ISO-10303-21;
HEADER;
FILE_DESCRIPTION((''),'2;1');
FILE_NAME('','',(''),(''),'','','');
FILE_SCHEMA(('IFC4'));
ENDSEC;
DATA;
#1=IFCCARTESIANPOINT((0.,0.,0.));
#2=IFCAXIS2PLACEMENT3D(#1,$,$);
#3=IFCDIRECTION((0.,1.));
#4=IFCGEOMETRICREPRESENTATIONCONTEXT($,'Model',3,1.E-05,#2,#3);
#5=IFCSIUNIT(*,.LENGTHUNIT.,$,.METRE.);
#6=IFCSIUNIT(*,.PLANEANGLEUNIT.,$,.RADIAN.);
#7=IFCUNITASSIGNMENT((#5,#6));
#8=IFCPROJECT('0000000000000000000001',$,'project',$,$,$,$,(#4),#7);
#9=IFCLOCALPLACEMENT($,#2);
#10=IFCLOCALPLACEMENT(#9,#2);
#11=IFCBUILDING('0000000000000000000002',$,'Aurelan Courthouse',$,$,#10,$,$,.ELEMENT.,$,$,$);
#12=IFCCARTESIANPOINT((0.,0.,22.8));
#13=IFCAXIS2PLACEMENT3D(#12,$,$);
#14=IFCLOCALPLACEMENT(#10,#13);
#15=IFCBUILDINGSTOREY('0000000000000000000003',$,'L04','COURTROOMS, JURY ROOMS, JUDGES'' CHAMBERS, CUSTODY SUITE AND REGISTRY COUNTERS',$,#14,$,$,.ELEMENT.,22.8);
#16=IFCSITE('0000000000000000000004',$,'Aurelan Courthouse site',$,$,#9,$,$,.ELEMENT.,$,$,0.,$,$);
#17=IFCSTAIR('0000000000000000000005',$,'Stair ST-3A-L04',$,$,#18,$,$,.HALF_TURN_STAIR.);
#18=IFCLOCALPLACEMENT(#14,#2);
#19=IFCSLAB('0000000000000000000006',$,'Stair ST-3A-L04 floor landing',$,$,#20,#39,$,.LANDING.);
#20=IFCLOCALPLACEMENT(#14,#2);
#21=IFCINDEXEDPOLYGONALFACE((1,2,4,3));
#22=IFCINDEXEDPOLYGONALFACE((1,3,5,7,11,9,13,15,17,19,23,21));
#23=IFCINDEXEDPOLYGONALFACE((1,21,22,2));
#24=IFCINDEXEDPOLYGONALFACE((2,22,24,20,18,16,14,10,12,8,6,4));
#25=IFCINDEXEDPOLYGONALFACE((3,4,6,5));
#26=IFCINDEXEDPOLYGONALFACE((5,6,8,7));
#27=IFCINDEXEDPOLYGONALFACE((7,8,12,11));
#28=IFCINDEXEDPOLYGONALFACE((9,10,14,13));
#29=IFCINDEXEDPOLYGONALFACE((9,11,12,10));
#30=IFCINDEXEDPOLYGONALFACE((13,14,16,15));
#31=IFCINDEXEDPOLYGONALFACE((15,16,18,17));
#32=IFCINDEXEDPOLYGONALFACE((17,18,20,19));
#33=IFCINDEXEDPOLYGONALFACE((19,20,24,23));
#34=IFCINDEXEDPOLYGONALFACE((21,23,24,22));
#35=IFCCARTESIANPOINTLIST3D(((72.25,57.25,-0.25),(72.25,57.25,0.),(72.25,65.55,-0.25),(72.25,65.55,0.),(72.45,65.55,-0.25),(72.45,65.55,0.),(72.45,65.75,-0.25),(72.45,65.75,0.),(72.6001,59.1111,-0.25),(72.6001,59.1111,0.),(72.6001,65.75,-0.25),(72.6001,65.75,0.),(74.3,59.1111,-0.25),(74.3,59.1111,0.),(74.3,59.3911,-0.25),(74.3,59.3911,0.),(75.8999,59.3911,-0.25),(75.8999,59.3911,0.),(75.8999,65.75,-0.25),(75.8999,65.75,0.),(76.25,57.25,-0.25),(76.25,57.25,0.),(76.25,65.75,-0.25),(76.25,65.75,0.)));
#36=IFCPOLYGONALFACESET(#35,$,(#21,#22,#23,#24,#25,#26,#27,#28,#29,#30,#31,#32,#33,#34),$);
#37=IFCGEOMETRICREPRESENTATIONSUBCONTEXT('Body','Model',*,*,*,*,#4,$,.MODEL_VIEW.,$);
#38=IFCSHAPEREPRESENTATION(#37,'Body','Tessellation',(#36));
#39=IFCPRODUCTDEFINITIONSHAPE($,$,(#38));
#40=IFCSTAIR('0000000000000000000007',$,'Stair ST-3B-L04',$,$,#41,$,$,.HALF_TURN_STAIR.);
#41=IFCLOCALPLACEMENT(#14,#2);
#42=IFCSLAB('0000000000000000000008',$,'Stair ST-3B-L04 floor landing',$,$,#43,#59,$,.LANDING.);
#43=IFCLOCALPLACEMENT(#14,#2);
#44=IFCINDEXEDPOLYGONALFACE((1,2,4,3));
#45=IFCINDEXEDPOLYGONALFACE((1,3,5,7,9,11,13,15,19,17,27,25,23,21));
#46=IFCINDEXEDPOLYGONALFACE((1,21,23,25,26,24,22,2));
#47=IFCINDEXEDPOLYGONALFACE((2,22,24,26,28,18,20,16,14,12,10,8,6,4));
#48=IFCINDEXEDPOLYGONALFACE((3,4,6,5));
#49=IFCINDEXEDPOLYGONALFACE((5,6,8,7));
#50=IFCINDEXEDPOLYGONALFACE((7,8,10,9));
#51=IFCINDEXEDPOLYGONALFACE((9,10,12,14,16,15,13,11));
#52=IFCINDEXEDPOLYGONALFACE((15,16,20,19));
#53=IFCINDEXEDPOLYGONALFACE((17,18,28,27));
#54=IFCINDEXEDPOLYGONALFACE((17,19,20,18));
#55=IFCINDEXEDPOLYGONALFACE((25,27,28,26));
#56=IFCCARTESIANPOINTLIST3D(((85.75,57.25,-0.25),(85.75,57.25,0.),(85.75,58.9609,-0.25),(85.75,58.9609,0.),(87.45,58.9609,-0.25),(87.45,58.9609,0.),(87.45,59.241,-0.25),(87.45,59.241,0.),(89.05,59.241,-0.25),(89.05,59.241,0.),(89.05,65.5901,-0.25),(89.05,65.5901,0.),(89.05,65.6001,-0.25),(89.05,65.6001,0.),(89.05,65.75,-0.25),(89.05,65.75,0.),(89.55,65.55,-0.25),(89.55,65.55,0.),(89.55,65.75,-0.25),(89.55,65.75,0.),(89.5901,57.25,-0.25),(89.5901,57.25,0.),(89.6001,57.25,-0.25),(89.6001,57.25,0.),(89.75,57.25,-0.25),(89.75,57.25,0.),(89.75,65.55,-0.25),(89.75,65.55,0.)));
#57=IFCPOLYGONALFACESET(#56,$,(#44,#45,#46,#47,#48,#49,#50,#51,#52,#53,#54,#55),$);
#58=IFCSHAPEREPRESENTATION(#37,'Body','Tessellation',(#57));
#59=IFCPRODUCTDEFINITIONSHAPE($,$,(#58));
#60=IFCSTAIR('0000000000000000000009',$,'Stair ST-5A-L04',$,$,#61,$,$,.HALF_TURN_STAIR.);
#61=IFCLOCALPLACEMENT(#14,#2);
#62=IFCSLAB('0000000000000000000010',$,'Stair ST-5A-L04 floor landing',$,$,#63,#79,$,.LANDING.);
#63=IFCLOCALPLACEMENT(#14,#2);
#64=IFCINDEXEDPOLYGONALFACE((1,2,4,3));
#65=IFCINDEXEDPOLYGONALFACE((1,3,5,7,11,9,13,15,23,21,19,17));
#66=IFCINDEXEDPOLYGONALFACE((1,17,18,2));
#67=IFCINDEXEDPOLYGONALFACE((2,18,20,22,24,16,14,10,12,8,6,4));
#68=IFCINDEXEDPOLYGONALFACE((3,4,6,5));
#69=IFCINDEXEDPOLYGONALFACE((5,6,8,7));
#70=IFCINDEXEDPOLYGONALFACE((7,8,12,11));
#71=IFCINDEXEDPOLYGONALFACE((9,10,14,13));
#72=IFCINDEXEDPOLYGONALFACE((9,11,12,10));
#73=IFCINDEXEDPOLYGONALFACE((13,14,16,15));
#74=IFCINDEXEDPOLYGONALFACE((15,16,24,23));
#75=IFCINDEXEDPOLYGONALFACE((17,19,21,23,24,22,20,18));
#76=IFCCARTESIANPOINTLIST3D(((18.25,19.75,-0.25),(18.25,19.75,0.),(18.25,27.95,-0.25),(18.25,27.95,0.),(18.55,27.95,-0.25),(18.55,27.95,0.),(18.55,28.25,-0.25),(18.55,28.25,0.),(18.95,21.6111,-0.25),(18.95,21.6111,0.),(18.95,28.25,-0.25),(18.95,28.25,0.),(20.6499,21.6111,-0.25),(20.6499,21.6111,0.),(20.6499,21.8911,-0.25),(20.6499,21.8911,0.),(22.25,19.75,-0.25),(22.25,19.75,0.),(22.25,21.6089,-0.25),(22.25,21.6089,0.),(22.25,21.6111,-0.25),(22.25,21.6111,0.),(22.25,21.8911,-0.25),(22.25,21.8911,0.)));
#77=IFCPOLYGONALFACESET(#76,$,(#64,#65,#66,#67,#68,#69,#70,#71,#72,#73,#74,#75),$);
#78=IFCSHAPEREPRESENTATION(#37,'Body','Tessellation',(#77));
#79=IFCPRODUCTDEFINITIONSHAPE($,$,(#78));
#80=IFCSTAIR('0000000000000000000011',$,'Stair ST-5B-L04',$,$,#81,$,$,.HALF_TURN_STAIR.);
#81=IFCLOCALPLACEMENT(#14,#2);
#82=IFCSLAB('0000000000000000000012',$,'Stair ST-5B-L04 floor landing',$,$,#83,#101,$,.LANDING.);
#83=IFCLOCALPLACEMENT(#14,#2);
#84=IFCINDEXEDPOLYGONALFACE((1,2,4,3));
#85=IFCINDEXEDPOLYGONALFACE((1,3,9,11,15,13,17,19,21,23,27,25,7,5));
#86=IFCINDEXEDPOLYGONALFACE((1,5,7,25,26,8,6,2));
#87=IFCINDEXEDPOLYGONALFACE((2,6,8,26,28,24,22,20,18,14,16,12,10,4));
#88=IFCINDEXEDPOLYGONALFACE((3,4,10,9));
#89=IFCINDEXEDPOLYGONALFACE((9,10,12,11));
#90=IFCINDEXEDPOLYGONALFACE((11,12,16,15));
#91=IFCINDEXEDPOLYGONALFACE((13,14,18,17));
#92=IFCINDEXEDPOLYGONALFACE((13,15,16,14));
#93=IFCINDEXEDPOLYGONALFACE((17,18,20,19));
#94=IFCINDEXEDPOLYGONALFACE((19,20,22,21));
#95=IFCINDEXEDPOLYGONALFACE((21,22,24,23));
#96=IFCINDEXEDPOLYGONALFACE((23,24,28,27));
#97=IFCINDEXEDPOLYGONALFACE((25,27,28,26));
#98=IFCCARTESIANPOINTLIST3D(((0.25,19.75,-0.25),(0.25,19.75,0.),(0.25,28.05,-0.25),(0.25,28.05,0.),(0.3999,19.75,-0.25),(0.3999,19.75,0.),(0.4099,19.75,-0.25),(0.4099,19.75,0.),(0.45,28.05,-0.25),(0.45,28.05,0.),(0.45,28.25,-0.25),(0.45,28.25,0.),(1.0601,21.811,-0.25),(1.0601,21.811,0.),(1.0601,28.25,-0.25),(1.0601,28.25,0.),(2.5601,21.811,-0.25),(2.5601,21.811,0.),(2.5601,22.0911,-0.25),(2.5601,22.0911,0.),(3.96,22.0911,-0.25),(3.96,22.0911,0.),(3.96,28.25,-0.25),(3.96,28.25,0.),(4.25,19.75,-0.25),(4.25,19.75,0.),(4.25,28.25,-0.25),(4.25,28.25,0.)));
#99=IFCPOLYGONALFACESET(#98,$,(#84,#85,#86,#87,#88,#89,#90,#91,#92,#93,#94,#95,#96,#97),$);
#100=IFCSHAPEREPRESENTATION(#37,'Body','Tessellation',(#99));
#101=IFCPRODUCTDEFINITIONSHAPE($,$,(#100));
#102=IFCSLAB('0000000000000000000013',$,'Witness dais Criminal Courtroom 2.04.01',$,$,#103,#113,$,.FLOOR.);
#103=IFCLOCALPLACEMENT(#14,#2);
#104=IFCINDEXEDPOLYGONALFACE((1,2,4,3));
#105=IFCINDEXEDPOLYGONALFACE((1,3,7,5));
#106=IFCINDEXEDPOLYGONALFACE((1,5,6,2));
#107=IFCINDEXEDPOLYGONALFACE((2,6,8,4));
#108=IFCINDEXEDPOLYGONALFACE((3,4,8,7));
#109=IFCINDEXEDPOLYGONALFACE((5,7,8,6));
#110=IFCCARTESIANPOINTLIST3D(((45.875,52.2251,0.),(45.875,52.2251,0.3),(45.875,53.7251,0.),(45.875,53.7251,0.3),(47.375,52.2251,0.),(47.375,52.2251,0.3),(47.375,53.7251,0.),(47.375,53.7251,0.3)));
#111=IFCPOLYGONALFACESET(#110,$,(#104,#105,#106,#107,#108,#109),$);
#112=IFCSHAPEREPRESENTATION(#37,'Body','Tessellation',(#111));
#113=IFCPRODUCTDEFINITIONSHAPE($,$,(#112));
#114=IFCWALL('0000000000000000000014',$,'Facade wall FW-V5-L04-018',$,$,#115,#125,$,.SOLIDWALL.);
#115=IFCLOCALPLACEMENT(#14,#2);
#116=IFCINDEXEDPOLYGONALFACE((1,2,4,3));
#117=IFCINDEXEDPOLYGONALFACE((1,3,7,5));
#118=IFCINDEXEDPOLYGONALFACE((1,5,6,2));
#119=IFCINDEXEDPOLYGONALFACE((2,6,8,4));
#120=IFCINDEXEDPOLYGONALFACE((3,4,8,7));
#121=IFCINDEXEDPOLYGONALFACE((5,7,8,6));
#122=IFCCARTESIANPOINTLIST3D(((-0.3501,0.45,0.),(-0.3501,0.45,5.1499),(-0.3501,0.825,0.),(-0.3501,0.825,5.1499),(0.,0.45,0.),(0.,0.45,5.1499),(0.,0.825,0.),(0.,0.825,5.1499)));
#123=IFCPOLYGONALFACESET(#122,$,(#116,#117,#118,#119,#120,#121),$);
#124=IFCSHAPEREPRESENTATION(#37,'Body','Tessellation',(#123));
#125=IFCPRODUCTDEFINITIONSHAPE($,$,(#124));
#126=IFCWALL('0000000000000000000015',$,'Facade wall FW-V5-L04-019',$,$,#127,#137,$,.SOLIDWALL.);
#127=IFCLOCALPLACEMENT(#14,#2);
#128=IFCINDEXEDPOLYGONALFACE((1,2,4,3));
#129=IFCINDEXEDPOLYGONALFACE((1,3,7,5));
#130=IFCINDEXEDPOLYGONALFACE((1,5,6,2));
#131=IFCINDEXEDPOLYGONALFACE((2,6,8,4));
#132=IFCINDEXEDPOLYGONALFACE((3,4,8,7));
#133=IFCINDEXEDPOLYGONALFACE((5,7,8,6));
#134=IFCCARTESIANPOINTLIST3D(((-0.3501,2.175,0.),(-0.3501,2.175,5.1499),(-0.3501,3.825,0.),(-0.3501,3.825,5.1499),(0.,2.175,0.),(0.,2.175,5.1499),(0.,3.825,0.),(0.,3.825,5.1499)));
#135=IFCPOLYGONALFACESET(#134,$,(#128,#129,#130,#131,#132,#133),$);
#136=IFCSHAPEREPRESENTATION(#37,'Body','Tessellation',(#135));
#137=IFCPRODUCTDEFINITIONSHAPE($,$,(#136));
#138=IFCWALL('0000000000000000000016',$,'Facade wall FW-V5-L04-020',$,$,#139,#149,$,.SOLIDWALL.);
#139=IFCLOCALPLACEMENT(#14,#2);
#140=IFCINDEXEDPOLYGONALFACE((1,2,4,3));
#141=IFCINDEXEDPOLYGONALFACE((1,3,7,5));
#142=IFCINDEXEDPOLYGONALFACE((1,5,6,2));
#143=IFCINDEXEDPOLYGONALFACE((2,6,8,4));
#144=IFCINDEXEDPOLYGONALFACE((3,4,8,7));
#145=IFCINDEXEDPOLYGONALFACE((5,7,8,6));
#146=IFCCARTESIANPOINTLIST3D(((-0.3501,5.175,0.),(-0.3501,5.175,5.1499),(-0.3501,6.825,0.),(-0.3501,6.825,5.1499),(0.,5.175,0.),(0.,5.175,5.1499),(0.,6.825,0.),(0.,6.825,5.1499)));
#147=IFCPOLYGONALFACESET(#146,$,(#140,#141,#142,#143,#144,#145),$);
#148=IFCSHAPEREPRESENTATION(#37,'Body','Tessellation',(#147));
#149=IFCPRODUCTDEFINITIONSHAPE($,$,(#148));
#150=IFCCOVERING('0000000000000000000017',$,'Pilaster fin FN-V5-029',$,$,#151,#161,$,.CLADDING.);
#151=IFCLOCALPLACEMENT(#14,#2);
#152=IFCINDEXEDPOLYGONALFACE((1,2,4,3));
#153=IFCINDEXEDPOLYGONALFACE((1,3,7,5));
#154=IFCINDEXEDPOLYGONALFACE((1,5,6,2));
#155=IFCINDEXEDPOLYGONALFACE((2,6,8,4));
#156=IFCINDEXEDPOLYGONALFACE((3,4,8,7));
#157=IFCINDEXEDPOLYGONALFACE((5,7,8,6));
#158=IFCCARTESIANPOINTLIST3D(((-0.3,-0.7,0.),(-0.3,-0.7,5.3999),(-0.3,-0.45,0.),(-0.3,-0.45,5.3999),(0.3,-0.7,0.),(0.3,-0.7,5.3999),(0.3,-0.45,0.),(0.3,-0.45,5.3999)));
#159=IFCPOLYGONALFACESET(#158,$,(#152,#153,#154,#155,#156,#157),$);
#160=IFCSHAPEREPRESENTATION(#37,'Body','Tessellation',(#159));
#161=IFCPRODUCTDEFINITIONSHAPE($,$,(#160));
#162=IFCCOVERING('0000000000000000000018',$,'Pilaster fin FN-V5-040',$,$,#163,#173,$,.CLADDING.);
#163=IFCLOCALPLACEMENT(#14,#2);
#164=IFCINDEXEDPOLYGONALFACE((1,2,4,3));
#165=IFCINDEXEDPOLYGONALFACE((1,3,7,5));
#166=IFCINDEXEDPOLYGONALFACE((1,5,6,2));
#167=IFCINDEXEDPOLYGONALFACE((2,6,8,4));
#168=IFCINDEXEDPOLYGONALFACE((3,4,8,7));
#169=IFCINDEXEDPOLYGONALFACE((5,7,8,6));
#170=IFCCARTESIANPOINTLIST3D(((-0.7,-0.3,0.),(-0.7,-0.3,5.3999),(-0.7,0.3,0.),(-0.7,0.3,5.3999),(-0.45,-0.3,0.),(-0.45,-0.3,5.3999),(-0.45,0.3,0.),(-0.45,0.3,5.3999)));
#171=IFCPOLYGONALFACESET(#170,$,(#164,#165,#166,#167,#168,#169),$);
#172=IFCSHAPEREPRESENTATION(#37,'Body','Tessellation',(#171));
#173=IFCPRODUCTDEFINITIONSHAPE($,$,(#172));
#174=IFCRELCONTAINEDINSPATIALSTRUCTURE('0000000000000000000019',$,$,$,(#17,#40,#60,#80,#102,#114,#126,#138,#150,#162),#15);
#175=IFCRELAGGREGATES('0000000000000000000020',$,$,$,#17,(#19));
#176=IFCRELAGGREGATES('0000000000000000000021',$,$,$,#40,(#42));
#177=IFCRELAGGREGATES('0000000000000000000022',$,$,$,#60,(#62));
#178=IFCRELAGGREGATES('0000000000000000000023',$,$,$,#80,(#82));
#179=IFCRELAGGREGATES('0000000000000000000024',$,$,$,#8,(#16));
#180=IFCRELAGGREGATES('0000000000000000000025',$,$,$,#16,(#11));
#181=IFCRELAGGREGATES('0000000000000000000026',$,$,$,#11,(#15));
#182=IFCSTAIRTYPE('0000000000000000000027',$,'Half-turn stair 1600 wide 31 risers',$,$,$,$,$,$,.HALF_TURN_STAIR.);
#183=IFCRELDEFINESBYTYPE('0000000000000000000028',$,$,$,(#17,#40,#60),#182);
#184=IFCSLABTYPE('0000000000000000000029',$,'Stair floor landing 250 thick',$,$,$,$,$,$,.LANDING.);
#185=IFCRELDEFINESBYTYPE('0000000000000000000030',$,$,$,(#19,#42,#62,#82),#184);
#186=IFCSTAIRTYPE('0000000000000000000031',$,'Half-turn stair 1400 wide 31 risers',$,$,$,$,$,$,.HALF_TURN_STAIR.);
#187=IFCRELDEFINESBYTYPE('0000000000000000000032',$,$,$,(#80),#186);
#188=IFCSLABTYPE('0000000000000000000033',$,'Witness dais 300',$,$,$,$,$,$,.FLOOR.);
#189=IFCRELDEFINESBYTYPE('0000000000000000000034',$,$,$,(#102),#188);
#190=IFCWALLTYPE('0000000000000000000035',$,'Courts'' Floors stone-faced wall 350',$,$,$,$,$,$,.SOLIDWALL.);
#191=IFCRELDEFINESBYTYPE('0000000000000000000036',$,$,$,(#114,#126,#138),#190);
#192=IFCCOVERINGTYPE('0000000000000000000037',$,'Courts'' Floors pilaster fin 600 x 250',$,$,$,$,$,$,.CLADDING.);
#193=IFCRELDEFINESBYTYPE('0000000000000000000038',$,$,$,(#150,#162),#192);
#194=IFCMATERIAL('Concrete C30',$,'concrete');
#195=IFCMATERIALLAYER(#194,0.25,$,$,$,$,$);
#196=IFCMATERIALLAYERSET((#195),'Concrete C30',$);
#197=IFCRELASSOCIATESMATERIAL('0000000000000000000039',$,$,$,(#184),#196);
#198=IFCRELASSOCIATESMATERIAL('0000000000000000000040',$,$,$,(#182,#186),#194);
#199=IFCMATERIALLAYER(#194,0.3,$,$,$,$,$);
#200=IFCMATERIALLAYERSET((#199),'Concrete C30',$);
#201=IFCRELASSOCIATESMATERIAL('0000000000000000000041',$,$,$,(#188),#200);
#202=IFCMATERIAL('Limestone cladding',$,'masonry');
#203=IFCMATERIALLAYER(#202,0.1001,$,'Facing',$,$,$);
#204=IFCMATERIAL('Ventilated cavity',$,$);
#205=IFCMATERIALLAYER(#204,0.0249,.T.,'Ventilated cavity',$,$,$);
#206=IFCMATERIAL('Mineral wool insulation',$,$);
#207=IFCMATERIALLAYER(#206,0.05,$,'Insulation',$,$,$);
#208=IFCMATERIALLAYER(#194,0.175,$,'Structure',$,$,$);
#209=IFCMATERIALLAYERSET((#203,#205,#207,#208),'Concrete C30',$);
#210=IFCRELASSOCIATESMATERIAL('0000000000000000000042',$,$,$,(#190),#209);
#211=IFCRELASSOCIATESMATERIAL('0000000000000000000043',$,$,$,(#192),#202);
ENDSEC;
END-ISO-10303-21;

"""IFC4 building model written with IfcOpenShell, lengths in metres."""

from ifc_helpers import new_model, si_unit, direction, frame, frame_2d, origin, origin_2d, place, context, subcontext, project, spatial, polyline, rectangle, outline, extrude, material, layer, layer_set, type_object, element, aggregate, save


model = new_model("IFC4")

# Units and contexts
model_context = context("Model", 3, precision=1e-05, world=origin(), true_north=direction((0.0, 1.0)))
body_context = subcontext(model_context, "Body", "Model", "MODEL_VIEW")
ifc_project = project(units=[si_unit("LENGTHUNIT", "METRE"), si_unit("PLANEANGLEUNIT", "RADIAN")], contexts=[model_context])

# Site, building, storey
site_placement = place(None, origin())
site = spatial("IfcSite", under=ifc_project, at=site_placement, Name="Aurelan Courthouse site", CompositionType="ELEMENT", RefElevation=0.0)
building_placement = place(site_placement, origin())
building = spatial("IfcBuilding", under=site, at=building_placement, Name="Aurelan Courthouse", CompositionType="ELEMENT")
storey_placement = place(building_placement, frame((0.0, 0.0, 22.8)))
storey = spatial("IfcBuildingStorey", under=building, at=storey_placement, Name="L04", Description="COURTROOMS, JURY ROOMS, JUDGES' CHAMBERS, CUSTODY SUITE AND REGISTRY COUNTERS", CompositionType="ELEMENT", Elevation=22.8)

# Shared definitions
ifc_material_1 = material(Name="Concrete C30", Category="concrete")

# Stairs, slabs
ifc_layer_1 = layer(ifc_material_1, 0.25)
ifc_layer_set_1 = layer_set([ifc_layer_1], Name="Concrete C30")
slab_type_1 = type_object("IfcSlabType", Name="Stair floor landing 250 thick", PredefinedType="LANDING", material=ifc_layer_set_1)
stair_type_1 = type_object("IfcStairType", Name="Half-turn stair 1600 wide 31 risers", PredefinedType="HALF_TURN_STAIR", material=ifc_material_1)
stair_type_2 = type_object("IfcStairType", Name="Half-turn stair 1400 wide 31 risers", PredefinedType="HALF_TURN_STAIR", material=ifc_material_1)
stair_1_placement = place(storey_placement, origin())
stair_1 = element("IfcStair", 1, at=stair_1_placement, inside=storey, type_object=stair_type_1, Name="Stair ST-3A-L04", PredefinedType="HALF_TURN_STAIR")
slab_1_placement = place(storey_placement, frame((0.0, 0.0, -0.25)))
slab_1 = element("IfcSlab", 2, at=slab_1_placement, type_object=slab_type_1, Name="Stair ST-3A-L04 floor landing", PredefinedType="LANDING", context=body_context, shape_type="SweptSolid", body=[
    extrude(outline(polyline([(72.6001, 59.1111), (74.3, 59.1111), (74.3, 59.3911), (75.8999, 59.3911), (75.8999, 65.75), (76.25, 65.75), (76.25, 57.25), (72.25, 57.25), (72.25, 65.55), (72.45, 65.55), (72.45, 65.75), (72.6001, 65.75), (72.6001, 59.1111)])), origin(), (0.0, 0.0, 1.0), 0.25),
])
aggregate(stair_1, [slab_1])
stair_2_placement = place(storey_placement, origin())
stair_2 = element("IfcStair", 3, at=stair_2_placement, inside=storey, type_object=stair_type_1, Name="Stair ST-3B-L04", PredefinedType="HALF_TURN_STAIR")
slab_2_placement = place(storey_placement, frame((0.0, 0.0, -0.25)))
slab_2 = element("IfcSlab", 4, at=slab_2_placement, type_object=slab_type_1, Name="Stair ST-3B-L04 floor landing", PredefinedType="LANDING", context=body_context, shape_type="SweptSolid", body=[
    extrude(outline(polyline([(89.05, 59.241), (89.05, 65.5901), (89.05, 65.6001), (89.05, 65.75), (89.55, 65.75), (89.55, 65.55), (89.75, 65.55), (89.75, 57.25), (89.6001, 57.25), (89.5901, 57.25), (85.75, 57.25), (85.75, 58.9609), (87.45, 58.9609), (87.45, 59.241), (89.05, 59.241)])), origin(), (0.0, 0.0, 1.0), 0.25),
])
aggregate(stair_2, [slab_2])
stair_3_placement = place(storey_placement, origin())
stair_3 = element("IfcStair", 5, at=stair_3_placement, inside=storey, type_object=stair_type_1, Name="Stair ST-5A-L04", PredefinedType="HALF_TURN_STAIR")
slab_3_placement = place(storey_placement, frame((0.0, 0.0, -0.25)))
slab_3 = element("IfcSlab", 6, at=slab_3_placement, type_object=slab_type_1, Name="Stair ST-5A-L04 floor landing", PredefinedType="LANDING", context=body_context, shape_type="SweptSolid", body=[
    extrude(outline(polyline([(18.95, 21.6111), (20.6499, 21.6111), (20.6499, 21.8911), (22.25, 21.8911), (22.25, 21.6111), (22.25, 21.6089), (22.25, 19.75), (18.25, 19.75), (18.25, 27.95), (18.55, 27.95), (18.55, 28.25), (18.95, 28.25), (18.95, 21.6111)])), origin(), (0.0, 0.0, 1.0), 0.25),
])
aggregate(stair_3, [slab_3])
stair_4_placement = place(storey_placement, origin())
stair_4 = element("IfcStair", 7, at=stair_4_placement, inside=storey, type_object=stair_type_2, Name="Stair ST-5B-L04", PredefinedType="HALF_TURN_STAIR")
slab_4_placement = place(storey_placement, frame((0.0, 0.0, -0.25)))
slab_4 = element("IfcSlab", 8, at=slab_4_placement, type_object=slab_type_1, Name="Stair ST-5B-L04 floor landing", PredefinedType="LANDING", context=body_context, shape_type="SweptSolid", body=[
    extrude(outline(polyline([(1.0601, 28.25), (1.0601, 21.811), (2.5601, 21.811), (2.5601, 22.0911), (3.96, 22.0911), (3.96, 28.25), (4.25, 28.25), (4.25, 19.75), (0.4099, 19.75), (0.3999, 19.75), (0.25, 19.75), (0.25, 28.05), (0.45, 28.05), (0.45, 28.25), (1.0601, 28.25)])), origin(), (0.0, 0.0, 1.0), 0.25),
])
aggregate(stair_4, [slab_4])

# Slab
ifc_layer_2 = layer(ifc_material_1, 0.3)
ifc_layer_set_2 = layer_set([ifc_layer_2], Name="Concrete C30")
slab_type_2 = type_object("IfcSlabType", Name="Witness dais 300", PredefinedType="FLOOR", material=ifc_layer_set_2)
slab_5_placement = place(storey_placement, origin())
element("IfcSlab", 9, at=slab_5_placement, inside=storey, type_object=slab_type_2, Name="Witness dais Criminal Courtroom 2.04.01", PredefinedType="FLOOR", context=body_context, shape_type="SweptSolid", body=[
    extrude(outline(polyline([(45.875, 52.2251), (47.375, 52.2251), (47.375, 53.7251), (45.875, 53.7251), (45.875, 52.2251)])), origin(), (0.0, 0.0, 1.0), 0.3),
])

# Walls
ifc_material_2 = material(Name="Limestone cladding", Category="masonry")
ifc_layer_3 = layer(ifc_material_2, 0.1001, Name="Facing")
ifc_material_3 = material(Name="Ventilated cavity")
ifc_layer_4 = layer(ifc_material_3, 0.0249, ventilated=True, Name="Ventilated cavity")
ifc_material_4 = material(Name="Mineral wool insulation")
ifc_layer_5 = layer(ifc_material_4, 0.05, Name="Insulation")
ifc_layer_6 = layer(ifc_material_1, 0.175, Name="Structure")
ifc_layer_set_3 = layer_set([ifc_layer_3, ifc_layer_4, ifc_layer_5, ifc_layer_6], Name="Concrete C30")
wall_type = type_object("IfcWallType", Name="Courts' Floors stone-faced wall 350", PredefinedType="SOLIDWALL", material=ifc_layer_set_3)
wall_placement = place(storey_placement, frame((-0.175, 0.45, 0.0), z_axis=(0.0, 0.0, 1.0), x_axis=(0.0, 1.0, 0.0)))
element("IfcWall", 10, at=wall_placement, inside=storey, type_object=wall_type, Name="Facade wall FW-V5-L04-018", PredefinedType="SOLIDWALL", context=body_context, shape_type="SweptSolid", body=[
    extrude(rectangle(XDim=0.375, YDim=0.3501, at=frame_2d((0.1875, 0.0))), origin(), (0.0, 0.0, 1.0), 5.1499),
])
for number, where, z_axis, x_axis, name in (
    (11, (-0.175, 2.175, 0.0), (0.0, 0.0, 1.0), (0.0, 1.0, 0.0), "Facade wall FW-V5-L04-019"),
    (12, (-0.175, 5.175, 0.0), (0.0, 0.0, 1.0), (0.0, 1.0, 0.0), "Facade wall FW-V5-L04-020"),
):
    element("IfcWall", number, at=place(storey_placement, frame(where, z_axis=z_axis, x_axis=x_axis)), inside=storey, type_object=wall_type, Name=name, PredefinedType="SOLIDWALL", context=body_context, shape_type="SweptSolid", body=[
        extrude(rectangle(XDim=1.6499, YDim=0.3501, at=frame_2d((0.825, 0.0))), origin(), (0.0, 0.0, 1.0), 5.1499),
    ])

# Coverings
covering_type_1 = type_object("IfcCoveringType", Name="Courts' Floors pilaster fin 600 x 250", PredefinedType="CLADDING", material=ifc_material_2)
covering_1_placement = place(storey_placement, frame((0.0, -0.575, 0.0), z_axis=(0.0, 0.0, 1.0), x_axis=(1.0, 0.0, 0.0)))
element("IfcCovering", 13, at=covering_1_placement, inside=storey, type_object=covering_type_1, Name="Pilaster fin FN-V5-029", PredefinedType="CLADDING", context=body_context, shape_type="SweptSolid", body=[
    extrude(rectangle(XDim=0.6001, YDim=0.25, at=origin_2d()), origin(), (0.0, 0.0, 1.0), 5.3999),
])
covering_2_placement = place(storey_placement, frame((-0.575, 0.0, 0.0), z_axis=(0.0, 0.0, 1.0), x_axis=(1.0, 0.0, 0.0)))
element("IfcCovering", 14, at=covering_2_placement, inside=storey, type_object=covering_type_1, Name="Pilaster fin FN-V5-040", PredefinedType="CLADDING", context=body_context, shape_type="SweptSolid", body=[
    extrude(rectangle(XDim=0.25, YDim=0.6001, at=origin_2d()), origin(), (0.0, 0.0, 1.0), 5.3999),
])

save(model, "model.ifc")
